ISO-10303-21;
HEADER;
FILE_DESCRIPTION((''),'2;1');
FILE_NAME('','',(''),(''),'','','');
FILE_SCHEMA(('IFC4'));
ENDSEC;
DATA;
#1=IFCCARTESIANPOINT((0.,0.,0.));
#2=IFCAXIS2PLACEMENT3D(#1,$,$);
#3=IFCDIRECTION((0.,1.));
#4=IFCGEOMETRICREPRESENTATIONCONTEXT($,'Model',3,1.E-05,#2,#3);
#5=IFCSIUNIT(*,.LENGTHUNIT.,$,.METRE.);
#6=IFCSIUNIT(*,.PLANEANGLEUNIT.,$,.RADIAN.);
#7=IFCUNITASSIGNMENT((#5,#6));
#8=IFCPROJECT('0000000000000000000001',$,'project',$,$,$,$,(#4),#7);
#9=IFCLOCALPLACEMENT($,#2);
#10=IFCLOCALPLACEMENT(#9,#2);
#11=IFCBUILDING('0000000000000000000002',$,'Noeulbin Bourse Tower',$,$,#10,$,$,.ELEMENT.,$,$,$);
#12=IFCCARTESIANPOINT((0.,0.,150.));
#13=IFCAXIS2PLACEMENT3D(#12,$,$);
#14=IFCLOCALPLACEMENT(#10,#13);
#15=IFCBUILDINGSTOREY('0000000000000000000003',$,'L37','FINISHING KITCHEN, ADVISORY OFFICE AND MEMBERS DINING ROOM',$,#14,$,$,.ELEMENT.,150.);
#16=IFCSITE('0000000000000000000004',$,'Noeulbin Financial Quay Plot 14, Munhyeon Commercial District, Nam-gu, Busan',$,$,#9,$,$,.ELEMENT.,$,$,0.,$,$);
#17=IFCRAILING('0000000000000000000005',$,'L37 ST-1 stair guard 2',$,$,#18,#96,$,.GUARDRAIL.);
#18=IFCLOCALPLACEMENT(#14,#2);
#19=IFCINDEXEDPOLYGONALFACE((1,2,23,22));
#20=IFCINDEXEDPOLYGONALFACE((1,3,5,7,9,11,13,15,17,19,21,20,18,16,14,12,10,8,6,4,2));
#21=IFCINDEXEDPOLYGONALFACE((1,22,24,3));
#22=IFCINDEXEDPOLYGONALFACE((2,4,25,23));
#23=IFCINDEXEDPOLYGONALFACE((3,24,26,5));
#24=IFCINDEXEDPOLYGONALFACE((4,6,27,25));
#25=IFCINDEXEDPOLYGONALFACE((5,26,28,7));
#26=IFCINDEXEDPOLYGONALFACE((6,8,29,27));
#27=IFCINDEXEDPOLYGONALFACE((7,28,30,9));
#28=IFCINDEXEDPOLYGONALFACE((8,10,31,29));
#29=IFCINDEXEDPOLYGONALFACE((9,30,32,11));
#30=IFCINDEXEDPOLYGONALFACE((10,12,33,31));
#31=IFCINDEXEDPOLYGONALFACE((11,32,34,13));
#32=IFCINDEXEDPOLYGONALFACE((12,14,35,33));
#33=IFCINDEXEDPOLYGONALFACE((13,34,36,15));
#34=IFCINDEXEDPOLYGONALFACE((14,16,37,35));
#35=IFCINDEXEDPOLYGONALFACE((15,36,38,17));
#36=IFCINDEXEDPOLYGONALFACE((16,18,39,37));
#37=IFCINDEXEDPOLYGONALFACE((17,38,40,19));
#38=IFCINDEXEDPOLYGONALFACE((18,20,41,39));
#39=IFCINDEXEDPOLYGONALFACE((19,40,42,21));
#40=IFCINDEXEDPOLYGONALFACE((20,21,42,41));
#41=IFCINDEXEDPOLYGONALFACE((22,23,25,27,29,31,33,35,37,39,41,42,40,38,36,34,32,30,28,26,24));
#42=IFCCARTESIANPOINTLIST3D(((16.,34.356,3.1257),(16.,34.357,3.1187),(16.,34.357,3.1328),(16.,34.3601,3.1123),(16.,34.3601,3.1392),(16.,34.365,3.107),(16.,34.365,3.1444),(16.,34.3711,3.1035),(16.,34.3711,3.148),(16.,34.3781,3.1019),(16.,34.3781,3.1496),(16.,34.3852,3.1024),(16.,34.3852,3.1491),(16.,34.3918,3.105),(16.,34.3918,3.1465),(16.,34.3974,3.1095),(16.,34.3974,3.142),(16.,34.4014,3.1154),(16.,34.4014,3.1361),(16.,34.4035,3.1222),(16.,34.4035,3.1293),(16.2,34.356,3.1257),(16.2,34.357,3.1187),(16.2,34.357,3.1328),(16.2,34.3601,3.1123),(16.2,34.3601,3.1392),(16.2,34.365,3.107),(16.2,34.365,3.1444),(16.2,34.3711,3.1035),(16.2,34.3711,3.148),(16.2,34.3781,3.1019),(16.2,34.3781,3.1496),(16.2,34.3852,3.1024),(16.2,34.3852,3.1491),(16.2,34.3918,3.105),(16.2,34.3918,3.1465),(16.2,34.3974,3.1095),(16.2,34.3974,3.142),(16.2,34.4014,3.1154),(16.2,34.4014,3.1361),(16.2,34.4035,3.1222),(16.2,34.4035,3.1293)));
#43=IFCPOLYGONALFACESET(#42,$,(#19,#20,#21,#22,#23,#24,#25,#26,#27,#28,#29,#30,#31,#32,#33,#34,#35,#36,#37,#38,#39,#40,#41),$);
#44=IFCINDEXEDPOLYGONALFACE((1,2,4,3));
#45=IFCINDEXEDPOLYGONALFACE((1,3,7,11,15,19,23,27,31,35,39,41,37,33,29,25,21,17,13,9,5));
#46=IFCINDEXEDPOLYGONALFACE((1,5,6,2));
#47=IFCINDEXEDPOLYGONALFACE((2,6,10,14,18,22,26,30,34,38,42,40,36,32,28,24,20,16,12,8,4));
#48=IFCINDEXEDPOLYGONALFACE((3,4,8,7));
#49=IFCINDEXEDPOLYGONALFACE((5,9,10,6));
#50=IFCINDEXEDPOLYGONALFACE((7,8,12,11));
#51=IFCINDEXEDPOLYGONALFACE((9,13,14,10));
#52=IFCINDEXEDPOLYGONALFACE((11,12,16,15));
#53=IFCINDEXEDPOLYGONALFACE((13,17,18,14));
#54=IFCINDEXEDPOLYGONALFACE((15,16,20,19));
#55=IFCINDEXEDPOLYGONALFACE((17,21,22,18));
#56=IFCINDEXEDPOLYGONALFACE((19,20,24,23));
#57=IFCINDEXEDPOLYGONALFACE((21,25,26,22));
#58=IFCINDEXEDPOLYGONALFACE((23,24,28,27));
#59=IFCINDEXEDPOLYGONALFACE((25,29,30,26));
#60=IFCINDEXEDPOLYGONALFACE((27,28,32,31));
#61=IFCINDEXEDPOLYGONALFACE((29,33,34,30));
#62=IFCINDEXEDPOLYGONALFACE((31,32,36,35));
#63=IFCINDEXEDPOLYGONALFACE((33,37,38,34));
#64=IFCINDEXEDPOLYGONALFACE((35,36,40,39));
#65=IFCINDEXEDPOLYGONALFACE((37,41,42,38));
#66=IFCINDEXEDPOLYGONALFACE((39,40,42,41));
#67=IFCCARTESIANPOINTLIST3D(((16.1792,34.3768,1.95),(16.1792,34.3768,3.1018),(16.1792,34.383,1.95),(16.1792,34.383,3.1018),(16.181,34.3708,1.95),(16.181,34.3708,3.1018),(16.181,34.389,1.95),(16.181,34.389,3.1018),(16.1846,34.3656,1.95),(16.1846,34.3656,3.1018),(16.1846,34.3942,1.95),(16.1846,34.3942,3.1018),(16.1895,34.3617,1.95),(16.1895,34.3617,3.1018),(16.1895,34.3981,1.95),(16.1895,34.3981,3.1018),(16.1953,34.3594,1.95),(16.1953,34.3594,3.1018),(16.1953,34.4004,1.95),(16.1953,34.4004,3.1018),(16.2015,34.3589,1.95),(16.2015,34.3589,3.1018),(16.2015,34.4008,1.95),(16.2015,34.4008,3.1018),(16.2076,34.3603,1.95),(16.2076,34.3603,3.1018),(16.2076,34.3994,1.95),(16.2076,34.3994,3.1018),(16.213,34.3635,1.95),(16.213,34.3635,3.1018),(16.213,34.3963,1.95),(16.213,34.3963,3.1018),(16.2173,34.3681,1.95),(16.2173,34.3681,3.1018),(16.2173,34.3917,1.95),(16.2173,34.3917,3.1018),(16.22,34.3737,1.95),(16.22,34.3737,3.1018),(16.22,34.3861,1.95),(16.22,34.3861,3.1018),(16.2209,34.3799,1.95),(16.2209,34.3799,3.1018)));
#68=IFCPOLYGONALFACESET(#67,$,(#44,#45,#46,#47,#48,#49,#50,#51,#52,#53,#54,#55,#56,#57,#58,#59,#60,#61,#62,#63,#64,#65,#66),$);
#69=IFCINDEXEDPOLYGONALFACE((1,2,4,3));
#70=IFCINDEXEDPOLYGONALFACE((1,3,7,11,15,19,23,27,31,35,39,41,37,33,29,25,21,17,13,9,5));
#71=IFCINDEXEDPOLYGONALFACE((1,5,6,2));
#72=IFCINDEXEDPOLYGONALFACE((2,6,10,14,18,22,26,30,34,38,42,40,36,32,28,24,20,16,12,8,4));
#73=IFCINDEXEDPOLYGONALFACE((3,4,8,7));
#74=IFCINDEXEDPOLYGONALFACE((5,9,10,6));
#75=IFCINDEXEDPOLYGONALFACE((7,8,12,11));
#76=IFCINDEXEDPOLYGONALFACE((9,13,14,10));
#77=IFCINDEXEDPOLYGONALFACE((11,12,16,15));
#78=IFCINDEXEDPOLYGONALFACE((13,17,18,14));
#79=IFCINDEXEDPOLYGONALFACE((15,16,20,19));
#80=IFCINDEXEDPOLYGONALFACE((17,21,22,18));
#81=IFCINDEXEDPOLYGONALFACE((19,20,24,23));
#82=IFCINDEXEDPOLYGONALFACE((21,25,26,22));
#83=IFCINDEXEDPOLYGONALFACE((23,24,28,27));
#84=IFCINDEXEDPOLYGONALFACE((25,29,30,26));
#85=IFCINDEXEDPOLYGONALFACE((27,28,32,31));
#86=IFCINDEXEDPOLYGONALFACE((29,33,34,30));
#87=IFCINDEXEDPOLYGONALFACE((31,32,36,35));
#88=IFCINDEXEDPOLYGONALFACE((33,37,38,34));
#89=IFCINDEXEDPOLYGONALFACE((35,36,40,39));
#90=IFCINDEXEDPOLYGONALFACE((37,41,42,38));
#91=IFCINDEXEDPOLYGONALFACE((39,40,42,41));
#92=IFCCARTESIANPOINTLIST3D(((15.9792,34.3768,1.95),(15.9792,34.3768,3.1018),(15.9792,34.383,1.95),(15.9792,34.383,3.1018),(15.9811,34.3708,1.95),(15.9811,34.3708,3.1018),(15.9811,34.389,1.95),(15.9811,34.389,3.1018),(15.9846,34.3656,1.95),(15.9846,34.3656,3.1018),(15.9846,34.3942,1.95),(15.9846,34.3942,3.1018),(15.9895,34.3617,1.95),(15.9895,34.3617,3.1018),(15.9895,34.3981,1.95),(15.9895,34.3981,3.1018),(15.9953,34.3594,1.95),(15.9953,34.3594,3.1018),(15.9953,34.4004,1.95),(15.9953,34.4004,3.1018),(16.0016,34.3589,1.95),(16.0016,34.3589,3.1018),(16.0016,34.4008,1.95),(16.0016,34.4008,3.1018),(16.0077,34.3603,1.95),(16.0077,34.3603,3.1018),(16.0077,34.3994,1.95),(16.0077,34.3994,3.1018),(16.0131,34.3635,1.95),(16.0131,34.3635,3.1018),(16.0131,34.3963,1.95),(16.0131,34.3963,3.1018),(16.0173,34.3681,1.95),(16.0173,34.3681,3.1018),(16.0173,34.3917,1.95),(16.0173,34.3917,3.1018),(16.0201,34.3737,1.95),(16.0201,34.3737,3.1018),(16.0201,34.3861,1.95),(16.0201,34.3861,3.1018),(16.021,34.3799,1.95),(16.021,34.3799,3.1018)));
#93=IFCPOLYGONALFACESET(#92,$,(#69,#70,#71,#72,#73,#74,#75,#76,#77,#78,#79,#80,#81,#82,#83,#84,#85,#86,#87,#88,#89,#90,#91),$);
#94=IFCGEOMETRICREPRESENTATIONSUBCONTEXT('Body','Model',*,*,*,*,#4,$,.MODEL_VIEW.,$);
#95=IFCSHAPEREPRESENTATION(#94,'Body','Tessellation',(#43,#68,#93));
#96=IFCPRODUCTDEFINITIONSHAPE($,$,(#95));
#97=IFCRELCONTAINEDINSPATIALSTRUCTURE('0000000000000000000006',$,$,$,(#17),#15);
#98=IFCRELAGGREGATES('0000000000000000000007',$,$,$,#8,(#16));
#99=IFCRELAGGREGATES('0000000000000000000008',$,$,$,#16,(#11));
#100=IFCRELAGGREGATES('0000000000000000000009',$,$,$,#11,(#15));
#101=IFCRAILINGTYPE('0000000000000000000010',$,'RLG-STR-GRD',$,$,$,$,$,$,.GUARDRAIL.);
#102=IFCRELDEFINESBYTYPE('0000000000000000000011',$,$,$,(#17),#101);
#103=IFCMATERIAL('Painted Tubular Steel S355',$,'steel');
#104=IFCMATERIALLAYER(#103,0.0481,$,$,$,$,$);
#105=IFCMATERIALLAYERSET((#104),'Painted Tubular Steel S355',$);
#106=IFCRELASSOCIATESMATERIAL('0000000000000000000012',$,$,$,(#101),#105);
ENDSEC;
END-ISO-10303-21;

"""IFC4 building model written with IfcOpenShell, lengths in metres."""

from ifc_helpers import new_model, si_unit, direction, frame, origin, origin_2d, place, context, subcontext, project, spatial, circle, extrude, material, layer, layer_set, type_object, element, save


model = new_model("IFC4")

# Units and contexts
model_context = context("Model", 3, precision=1e-05, world=origin(), true_north=direction((0.0, 1.0)))
body_context = subcontext(model_context, "Body", "Model", "MODEL_VIEW")
ifc_project = project(units=[si_unit("LENGTHUNIT", "METRE"), si_unit("PLANEANGLEUNIT", "RADIAN")], contexts=[model_context])

# Site, building, storey
site_placement = place(None, origin())
site = spatial("IfcSite", under=ifc_project, at=site_placement, Name="Noeulbin Financial Quay Plot 14, Munhyeon Commercial District, Nam-gu, Busan", CompositionType="ELEMENT", RefElevation=0.0)
building_placement = place(site_placement, origin())
building = spatial("IfcBuilding", under=site, at=building_placement, Name="Noeulbin Bourse Tower", CompositionType="ELEMENT")
storey_placement = place(building_placement, frame((0.0, 0.0, 150.0)))
storey = spatial("IfcBuildingStorey", under=building, at=storey_placement, Name="L37", Description="FINISHING KITCHEN, ADVISORY OFFICE AND MEMBERS DINING ROOM", CompositionType="ELEMENT", Elevation=150.0)

# Railing
ifc_material_1 = material(Name="Painted Tubular Steel S355", Category="steel")
ifc_layer_1 = layer(ifc_material_1, 0.0481)
ifc_layer_set_1 = layer_set([ifc_layer_1], Name="Painted Tubular Steel S355")
railing_type_1 = type_object("IfcRailingType", Name="RLG-STR-GRD", PredefinedType="GUARDRAIL", material=ifc_layer_set_1)
railing_1_placement = place(storey_placement, frame((16.2, 34.3799, 1.95)))
element("IfcRailing", 1, at=railing_1_placement, inside=storey, type_object=railing_type_1, Name="L37 ST-1 stair guard 2", PredefinedType="GUARDRAIL", context=body_context, shape_type="SweptSolid", body=[
    extrude(circle(Radius=0.0239, at=origin_2d()), frame((0.0, 0.0, 1.1758), z_axis=(-1.0, 0.0, 0.0), x_axis=(0.0, -1.0, 0.0)), (0.0, 0.0, 1.0), 0.2),
    extrude(circle(Radius=0.021, at=origin_2d()), origin(), (0.0, 0.0, 1.0), 1.1519),
    extrude(circle(Radius=0.021, at=origin_2d()), frame((-0.2, 0.0, 0.0)), (0.0, 0.0, 1.0), 1.1519),
])

save(model, "model.ifc")
